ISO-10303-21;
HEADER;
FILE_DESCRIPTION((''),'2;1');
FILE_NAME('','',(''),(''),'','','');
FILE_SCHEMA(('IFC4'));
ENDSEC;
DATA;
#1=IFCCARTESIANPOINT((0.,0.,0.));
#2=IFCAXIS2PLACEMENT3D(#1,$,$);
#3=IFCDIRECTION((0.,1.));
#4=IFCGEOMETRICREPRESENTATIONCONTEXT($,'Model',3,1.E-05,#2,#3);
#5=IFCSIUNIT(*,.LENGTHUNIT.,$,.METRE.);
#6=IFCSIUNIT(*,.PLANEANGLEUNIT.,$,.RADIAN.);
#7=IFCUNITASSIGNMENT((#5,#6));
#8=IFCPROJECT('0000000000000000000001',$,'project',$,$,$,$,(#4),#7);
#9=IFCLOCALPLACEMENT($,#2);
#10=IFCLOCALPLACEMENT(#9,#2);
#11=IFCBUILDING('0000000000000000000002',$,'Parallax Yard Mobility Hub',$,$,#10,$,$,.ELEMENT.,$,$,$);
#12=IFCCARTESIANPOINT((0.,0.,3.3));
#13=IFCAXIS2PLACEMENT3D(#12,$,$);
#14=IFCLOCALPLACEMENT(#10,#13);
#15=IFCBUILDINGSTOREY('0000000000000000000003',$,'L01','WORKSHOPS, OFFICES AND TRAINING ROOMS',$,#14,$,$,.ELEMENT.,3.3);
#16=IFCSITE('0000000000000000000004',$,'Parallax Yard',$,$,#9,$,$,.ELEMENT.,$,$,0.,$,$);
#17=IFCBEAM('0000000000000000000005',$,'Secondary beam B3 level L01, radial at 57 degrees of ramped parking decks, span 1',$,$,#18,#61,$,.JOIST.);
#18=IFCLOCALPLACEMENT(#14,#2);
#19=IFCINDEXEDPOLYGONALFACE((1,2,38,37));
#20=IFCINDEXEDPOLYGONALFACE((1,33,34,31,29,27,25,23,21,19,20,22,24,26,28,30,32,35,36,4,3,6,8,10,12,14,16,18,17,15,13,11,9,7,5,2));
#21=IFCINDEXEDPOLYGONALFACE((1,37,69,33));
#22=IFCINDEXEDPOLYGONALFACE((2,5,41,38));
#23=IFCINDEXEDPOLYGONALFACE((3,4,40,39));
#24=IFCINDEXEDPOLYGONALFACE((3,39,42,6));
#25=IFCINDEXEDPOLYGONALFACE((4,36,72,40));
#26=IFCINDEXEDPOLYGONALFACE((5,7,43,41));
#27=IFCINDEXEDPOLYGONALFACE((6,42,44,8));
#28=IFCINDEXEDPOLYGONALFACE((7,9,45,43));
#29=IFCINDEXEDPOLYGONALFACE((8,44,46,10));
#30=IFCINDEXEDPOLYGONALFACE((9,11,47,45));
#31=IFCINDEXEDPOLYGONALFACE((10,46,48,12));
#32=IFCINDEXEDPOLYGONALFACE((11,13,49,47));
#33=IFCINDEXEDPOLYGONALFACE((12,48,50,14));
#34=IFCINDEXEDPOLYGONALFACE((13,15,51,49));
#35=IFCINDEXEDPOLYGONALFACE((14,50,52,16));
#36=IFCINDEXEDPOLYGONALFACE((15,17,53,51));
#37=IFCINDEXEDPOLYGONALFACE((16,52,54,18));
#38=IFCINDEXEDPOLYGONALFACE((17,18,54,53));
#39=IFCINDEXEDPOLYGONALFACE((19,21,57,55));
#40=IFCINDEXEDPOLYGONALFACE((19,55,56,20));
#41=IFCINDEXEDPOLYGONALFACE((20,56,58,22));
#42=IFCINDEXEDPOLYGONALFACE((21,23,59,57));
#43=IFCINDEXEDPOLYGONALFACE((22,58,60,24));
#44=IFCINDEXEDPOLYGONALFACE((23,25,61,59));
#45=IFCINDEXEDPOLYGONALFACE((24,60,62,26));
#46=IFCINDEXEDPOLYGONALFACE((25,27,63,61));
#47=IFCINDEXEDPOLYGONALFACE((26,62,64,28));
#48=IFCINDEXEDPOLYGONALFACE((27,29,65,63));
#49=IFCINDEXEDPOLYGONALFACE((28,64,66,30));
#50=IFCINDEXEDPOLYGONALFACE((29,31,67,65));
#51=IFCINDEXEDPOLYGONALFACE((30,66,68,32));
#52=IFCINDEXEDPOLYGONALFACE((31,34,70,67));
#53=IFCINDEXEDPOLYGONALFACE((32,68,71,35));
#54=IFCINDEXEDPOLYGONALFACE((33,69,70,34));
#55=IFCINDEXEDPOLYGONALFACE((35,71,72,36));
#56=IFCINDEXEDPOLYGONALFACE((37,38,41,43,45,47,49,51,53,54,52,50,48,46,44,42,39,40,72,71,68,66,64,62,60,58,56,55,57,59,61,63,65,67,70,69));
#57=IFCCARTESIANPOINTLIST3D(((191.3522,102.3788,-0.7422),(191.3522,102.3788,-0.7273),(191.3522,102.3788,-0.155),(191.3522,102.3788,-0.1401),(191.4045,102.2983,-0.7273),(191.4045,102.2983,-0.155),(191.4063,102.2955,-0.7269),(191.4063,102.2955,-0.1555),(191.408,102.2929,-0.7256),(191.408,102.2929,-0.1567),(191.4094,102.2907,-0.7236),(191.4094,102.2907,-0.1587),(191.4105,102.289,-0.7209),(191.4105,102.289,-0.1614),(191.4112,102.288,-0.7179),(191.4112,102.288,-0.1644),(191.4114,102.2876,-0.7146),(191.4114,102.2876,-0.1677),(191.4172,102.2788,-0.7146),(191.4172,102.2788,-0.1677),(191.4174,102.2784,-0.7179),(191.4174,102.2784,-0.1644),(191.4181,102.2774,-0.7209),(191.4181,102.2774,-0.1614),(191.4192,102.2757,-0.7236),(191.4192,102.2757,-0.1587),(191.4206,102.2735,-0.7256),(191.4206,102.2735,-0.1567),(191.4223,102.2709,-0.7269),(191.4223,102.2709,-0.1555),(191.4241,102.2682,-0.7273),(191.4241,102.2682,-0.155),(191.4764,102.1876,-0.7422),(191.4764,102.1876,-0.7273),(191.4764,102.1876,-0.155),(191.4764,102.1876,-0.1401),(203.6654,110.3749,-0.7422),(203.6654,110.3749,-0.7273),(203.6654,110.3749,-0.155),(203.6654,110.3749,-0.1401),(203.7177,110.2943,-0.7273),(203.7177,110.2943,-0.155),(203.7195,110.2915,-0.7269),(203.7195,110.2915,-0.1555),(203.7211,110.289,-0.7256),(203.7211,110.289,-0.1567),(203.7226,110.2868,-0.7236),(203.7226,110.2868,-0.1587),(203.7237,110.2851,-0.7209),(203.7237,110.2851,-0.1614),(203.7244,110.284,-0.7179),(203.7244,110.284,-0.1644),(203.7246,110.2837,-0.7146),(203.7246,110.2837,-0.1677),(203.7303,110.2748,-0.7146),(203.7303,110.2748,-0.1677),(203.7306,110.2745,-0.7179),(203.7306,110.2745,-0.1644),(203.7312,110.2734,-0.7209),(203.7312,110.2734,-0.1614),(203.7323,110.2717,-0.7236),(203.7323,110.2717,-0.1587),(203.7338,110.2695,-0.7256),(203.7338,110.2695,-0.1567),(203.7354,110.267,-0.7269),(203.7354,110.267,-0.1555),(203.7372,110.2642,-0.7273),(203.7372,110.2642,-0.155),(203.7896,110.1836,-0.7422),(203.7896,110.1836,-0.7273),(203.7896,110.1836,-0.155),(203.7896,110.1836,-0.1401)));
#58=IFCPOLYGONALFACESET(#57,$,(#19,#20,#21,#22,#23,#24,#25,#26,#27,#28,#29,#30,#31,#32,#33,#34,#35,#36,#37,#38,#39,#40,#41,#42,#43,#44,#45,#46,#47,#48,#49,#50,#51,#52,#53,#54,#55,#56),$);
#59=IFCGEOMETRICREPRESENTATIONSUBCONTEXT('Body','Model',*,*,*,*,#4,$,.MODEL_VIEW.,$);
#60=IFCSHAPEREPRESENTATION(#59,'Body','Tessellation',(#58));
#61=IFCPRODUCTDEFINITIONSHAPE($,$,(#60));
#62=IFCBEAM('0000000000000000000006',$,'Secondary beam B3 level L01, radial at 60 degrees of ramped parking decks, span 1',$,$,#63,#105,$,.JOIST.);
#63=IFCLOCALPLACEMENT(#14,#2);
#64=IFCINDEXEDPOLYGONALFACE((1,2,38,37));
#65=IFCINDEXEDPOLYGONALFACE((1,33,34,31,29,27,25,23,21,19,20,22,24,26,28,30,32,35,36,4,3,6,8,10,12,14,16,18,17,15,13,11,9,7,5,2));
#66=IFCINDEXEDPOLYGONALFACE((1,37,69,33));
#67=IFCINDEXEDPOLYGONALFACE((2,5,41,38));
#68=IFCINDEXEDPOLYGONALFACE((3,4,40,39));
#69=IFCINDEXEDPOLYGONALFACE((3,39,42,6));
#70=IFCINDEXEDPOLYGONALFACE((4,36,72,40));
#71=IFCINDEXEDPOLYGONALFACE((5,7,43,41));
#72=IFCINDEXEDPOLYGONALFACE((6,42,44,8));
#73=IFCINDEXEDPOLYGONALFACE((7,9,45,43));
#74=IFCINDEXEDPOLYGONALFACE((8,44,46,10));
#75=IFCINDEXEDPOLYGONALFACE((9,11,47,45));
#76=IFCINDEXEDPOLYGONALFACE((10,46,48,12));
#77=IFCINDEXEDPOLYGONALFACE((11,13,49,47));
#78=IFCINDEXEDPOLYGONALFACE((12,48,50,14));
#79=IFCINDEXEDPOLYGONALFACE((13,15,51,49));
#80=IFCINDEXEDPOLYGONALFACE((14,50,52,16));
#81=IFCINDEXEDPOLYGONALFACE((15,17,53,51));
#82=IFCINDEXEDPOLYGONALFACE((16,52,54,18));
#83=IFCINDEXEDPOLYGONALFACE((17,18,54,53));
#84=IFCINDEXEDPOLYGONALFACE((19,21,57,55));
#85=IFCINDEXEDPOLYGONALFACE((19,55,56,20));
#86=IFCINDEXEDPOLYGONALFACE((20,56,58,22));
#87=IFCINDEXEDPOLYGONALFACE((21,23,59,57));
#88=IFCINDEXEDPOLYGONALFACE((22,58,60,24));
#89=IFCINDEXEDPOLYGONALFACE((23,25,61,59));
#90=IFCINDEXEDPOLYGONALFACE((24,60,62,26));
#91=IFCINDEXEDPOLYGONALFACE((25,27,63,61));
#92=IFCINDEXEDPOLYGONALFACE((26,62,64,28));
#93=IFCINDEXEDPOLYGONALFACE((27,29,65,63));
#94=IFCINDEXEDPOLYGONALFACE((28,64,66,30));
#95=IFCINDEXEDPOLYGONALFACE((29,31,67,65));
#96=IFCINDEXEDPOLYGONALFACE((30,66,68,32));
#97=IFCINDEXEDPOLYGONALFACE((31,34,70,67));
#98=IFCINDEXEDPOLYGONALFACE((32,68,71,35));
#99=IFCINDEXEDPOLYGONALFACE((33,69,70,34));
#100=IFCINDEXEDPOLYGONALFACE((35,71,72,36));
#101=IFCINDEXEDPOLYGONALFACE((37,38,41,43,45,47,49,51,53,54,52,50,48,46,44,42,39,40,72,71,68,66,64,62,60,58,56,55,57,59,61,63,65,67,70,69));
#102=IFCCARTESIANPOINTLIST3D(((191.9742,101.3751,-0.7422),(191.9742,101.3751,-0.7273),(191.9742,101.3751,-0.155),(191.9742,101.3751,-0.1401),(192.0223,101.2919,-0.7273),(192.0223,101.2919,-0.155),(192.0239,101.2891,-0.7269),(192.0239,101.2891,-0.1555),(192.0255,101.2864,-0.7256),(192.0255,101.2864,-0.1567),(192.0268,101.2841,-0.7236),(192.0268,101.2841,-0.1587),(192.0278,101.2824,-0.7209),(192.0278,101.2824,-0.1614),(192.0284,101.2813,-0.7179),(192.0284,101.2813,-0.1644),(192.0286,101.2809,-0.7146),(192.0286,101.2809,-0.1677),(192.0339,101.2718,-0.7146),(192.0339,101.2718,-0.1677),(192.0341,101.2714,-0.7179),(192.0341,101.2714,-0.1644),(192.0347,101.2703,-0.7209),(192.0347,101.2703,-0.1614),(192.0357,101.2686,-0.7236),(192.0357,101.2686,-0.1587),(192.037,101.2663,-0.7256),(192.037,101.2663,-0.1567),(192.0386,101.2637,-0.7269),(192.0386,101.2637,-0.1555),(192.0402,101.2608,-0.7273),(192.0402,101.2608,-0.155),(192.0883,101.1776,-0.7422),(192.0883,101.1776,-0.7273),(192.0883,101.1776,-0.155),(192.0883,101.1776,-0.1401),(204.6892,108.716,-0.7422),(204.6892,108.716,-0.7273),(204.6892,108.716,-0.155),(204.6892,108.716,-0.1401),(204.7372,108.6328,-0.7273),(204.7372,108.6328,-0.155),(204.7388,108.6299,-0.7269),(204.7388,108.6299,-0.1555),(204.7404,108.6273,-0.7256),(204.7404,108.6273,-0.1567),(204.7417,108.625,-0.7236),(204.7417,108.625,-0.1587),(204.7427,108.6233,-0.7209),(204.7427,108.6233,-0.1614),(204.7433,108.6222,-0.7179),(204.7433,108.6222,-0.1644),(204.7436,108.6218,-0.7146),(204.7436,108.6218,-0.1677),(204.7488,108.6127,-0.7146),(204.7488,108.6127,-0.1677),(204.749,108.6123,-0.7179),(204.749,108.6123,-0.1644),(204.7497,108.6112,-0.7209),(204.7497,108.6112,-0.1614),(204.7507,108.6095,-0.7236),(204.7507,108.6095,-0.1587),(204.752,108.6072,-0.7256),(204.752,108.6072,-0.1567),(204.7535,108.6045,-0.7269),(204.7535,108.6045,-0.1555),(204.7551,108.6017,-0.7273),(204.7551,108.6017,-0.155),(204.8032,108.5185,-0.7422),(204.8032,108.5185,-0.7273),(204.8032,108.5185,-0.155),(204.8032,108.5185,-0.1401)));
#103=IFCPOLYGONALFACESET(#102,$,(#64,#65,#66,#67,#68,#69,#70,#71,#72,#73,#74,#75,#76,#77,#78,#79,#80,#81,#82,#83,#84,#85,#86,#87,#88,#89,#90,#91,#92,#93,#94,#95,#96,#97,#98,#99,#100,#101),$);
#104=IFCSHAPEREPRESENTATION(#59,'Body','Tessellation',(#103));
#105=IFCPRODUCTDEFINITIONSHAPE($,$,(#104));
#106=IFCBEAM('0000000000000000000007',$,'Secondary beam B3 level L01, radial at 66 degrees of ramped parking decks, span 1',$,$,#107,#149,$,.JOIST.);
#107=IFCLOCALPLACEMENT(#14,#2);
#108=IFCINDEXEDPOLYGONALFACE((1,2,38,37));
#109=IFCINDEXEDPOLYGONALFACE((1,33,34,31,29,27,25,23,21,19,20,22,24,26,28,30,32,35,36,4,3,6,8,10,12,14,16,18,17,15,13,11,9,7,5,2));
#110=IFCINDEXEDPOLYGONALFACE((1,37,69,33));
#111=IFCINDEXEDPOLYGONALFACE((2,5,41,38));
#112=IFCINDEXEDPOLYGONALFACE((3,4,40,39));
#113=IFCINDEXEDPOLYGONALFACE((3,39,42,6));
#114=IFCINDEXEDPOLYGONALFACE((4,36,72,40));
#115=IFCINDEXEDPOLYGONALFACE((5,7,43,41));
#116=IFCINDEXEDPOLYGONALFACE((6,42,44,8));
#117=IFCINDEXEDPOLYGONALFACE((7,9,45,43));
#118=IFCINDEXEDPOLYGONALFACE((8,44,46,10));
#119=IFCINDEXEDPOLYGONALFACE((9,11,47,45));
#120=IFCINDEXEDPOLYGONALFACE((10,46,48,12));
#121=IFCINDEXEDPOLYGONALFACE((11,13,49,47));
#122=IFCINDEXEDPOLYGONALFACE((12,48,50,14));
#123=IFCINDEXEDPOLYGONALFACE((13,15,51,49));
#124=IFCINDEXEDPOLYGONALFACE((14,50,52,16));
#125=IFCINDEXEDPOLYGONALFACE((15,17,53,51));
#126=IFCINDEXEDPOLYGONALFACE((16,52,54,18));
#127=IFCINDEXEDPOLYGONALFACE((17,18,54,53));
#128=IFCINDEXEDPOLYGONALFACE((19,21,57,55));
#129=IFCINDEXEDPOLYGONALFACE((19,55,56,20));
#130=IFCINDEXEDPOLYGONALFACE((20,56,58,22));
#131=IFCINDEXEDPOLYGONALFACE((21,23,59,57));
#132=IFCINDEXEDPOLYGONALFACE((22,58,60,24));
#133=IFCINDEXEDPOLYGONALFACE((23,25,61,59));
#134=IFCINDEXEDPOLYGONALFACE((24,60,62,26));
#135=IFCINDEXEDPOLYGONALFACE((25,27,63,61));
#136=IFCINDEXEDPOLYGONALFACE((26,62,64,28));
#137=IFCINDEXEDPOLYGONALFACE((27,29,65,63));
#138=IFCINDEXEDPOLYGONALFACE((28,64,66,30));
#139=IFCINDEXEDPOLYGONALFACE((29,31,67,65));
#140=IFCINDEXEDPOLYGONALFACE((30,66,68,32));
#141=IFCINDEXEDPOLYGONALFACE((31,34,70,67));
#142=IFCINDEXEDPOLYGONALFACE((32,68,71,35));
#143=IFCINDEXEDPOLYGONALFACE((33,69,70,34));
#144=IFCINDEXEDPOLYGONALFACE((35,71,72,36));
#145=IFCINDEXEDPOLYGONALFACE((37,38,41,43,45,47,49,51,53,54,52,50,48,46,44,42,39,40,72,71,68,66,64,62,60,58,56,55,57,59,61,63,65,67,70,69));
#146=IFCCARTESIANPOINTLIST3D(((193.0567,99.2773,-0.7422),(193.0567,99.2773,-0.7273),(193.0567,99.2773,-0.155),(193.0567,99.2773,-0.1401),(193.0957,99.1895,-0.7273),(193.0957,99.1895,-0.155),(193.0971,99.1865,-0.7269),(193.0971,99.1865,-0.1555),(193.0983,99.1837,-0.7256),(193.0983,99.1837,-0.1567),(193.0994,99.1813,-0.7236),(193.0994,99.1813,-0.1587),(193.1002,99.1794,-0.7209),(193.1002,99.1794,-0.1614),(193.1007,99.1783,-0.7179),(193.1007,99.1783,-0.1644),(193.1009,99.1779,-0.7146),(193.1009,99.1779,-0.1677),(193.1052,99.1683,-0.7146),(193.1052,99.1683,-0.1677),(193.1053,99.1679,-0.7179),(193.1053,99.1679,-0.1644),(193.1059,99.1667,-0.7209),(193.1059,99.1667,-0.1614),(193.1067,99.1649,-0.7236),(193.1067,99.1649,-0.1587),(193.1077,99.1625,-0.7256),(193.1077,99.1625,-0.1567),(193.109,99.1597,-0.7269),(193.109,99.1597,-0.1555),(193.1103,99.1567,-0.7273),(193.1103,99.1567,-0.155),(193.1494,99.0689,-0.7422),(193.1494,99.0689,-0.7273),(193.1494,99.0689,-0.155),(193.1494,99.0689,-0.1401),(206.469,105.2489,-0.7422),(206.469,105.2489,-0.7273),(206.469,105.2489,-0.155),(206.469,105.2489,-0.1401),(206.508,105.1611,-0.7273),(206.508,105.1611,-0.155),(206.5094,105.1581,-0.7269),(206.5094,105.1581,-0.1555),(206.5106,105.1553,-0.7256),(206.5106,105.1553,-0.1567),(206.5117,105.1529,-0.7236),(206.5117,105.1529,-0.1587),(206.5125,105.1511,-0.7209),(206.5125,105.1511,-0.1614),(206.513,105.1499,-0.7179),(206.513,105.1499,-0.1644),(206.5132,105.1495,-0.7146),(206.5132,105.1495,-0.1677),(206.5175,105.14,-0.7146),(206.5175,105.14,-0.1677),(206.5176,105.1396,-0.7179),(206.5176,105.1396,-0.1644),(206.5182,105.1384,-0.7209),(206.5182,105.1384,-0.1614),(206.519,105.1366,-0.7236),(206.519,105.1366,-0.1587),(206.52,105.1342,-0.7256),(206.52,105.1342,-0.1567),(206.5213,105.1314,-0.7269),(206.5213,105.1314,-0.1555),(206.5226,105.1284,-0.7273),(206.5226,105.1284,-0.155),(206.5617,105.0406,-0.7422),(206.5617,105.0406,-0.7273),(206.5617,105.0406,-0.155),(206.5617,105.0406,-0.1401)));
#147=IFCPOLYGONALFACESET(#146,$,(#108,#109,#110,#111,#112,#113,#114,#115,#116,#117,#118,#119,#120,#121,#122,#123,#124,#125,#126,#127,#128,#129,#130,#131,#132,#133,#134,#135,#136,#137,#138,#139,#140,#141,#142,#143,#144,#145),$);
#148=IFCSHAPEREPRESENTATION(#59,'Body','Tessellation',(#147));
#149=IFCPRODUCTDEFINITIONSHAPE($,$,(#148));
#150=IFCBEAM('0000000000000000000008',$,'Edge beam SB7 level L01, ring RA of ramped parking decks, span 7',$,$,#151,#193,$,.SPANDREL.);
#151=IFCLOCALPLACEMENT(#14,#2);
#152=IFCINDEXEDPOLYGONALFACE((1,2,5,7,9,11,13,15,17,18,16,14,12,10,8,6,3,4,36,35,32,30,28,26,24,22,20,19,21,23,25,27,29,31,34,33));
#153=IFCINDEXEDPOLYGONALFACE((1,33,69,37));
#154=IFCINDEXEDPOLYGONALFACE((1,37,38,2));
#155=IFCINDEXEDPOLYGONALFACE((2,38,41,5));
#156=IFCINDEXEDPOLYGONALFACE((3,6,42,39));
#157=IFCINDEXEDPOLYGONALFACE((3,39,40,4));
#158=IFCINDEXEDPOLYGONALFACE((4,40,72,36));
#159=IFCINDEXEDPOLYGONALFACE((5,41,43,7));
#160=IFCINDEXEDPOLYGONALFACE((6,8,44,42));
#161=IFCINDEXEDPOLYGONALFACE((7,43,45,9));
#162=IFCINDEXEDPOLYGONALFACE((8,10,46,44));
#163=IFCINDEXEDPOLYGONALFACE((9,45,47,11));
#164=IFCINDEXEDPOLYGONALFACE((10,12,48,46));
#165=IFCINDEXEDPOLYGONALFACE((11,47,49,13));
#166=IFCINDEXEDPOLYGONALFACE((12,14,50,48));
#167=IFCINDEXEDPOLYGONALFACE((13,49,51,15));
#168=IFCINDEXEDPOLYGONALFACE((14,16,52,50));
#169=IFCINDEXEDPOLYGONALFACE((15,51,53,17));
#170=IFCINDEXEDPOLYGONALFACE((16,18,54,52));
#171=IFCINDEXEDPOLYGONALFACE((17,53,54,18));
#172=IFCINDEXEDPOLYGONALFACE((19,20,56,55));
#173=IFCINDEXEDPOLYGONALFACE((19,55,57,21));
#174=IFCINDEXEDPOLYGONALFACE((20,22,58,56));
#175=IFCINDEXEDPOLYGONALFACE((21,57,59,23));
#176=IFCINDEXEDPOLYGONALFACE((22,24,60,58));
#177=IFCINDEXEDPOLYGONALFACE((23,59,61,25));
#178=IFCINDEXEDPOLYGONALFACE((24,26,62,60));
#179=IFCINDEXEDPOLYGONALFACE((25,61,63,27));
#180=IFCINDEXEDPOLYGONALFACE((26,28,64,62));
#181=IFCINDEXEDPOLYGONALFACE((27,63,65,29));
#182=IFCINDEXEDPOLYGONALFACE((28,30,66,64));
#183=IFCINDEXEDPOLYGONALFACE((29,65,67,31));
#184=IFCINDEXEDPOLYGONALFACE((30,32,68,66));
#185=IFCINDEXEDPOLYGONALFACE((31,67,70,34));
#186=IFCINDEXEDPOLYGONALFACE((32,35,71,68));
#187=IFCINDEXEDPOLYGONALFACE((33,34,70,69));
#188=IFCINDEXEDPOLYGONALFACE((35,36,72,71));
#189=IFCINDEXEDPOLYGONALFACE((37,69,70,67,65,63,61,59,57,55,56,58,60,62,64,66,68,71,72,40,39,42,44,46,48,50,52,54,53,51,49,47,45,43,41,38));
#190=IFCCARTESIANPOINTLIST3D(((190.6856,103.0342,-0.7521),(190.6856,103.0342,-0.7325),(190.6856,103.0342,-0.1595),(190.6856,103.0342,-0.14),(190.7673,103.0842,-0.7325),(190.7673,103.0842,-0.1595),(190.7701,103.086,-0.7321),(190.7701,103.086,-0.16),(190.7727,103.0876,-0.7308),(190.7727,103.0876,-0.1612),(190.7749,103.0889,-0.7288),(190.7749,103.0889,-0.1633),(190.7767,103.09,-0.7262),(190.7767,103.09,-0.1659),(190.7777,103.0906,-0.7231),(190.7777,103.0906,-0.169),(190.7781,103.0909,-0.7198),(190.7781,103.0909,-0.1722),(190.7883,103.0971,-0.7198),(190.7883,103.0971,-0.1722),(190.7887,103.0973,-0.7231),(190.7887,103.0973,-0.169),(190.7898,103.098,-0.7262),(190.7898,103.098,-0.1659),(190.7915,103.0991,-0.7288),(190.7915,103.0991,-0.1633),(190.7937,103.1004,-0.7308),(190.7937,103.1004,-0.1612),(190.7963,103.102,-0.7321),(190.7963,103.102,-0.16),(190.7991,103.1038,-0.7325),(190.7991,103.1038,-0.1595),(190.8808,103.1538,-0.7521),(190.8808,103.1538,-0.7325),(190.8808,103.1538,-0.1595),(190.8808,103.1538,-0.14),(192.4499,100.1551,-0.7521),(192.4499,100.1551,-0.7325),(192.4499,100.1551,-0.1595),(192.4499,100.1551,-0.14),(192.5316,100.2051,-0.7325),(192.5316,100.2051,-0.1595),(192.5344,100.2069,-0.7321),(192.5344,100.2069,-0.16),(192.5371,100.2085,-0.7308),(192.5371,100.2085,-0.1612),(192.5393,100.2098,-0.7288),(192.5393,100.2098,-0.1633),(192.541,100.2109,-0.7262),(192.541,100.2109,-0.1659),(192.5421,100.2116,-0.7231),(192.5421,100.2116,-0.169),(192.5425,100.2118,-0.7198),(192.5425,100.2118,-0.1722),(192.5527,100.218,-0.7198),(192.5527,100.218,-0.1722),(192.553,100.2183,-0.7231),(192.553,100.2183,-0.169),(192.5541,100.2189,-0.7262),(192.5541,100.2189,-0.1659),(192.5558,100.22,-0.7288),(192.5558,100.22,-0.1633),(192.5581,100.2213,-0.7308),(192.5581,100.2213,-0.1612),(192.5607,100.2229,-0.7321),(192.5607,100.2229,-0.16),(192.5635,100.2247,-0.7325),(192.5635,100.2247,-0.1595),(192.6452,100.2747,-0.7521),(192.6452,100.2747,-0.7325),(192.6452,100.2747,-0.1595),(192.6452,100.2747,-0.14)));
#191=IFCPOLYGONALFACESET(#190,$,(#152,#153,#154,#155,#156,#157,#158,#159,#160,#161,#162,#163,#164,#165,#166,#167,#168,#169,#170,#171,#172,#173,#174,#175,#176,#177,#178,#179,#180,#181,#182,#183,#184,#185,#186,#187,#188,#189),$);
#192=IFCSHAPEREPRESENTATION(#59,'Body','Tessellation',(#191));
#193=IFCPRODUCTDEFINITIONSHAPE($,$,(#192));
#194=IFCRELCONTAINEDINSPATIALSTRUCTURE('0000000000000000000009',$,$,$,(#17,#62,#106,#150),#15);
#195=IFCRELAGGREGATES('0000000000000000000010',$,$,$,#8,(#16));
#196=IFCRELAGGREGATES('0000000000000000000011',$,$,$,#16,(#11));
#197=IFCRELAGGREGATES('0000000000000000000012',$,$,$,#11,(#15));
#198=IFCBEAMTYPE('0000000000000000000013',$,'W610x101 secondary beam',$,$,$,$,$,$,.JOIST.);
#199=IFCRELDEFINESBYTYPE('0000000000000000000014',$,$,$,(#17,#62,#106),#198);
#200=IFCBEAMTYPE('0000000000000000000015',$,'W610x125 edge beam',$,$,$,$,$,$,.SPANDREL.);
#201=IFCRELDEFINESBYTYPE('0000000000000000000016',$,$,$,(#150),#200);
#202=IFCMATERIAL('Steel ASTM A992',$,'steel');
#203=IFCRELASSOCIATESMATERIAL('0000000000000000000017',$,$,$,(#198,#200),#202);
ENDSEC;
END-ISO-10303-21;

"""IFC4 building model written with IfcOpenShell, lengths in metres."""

from ifc_helpers import new_model, si_unit, direction, frame, origin, origin_2d, place, context, subcontext, project, spatial, i_section, extrude, material, material_profile, profile_set, type_object, element, save


model = new_model("IFC4")

# Units and contexts
model_context = context("Model", 3, precision=1e-05, world=origin(), true_north=direction((0.0, 1.0)))
body_context = subcontext(model_context, "Body", "Model", "MODEL_VIEW")
ifc_project = project(units=[si_unit("LENGTHUNIT", "METRE"), si_unit("PLANEANGLEUNIT", "RADIAN")], contexts=[model_context])

# Site, building, storey
site_placement = place(None, origin())
site = spatial("IfcSite", under=ifc_project, at=site_placement, Name="Parallax Yard", CompositionType="ELEMENT", RefElevation=0.0)
building_placement = place(site_placement, origin())
building = spatial("IfcBuilding", under=site, at=building_placement, Name="Parallax Yard Mobility Hub", CompositionType="ELEMENT")
storey_placement = place(building_placement, frame((0.0, 0.0, 3.3)))
storey = spatial("IfcBuildingStorey", under=building, at=storey_placement, Name="L01", Description="WORKSHOPS, OFFICES AND TRAINING ROOMS", CompositionType="ELEMENT", Elevation=3.3)

# Beams
ifc_material_1 = material(Name="Steel ASTM A992", Category="steel")
ifc_material_profile_1 = material_profile(ifc_material_1, i_section(OverallWidth=0.228, OverallDepth=0.6021, WebThickness=0.0105, FlangeThickness=0.0149, FilletRadius=0.0127, at=origin_2d()), Name="W610x101")
ifc_profile_set_1 = profile_set([ifc_material_profile_1], Name="Steel ASTM A992")
beam_type_1 = type_object("IfcBeamType", Name="W610x101 secondary beam", PredefinedType="JOIST", material=ifc_profile_set_1)
beam_1_placement = place(storey_placement, frame((191.4143, 102.2832, -0.4412), z_axis=(0.838677, 0.544629, 0.0), x_axis=(-0.544629, 0.838677, 0.0)))
element("IfcBeam", 1, at=beam_1_placement, inside=storey, type_object=beam_type_1, Name="Secondary beam B3 level L01, radial at 57 degrees of ramped parking decks, span 1", PredefinedType="JOIST", context=body_context, shape_type="SweptSolid", body=[
    extrude(i_section(OverallWidth=0.228, OverallDepth=0.6021, WebThickness=0.0105, FlangeThickness=0.0149, FilletRadius=0.0127, at=origin_2d()), origin(), (0.0, 0.0, 1.0), 14.6816),
])
beam_2_placement = place(storey_placement, frame((192.0312, 101.2764, -0.4412), z_axis=(0.866028, 0.499995, 0.0), x_axis=(-0.499995, 0.866028, 0.0)))
element("IfcBeam", 2, at=beam_2_placement, inside=storey, type_object=beam_type_1, Name="Secondary beam B3 level L01, radial at 60 degrees of ramped parking decks, span 1", PredefinedType="JOIST", context=body_context, shape_type="SweptSolid", body=[
    extrude(i_section(OverallWidth=0.228, OverallDepth=0.6021, WebThickness=0.0105, FlangeThickness=0.0149, FilletRadius=0.0127, at=origin_2d()), origin(), (0.0, 0.0, 1.0), 14.6819),
])
beam_3_placement = place(storey_placement, frame((193.103, 99.1731, -0.4412), z_axis=(0.913543, 0.406743, 0.0), x_axis=(-0.406743, 0.913543, 0.0)))
element("IfcBeam", 3, at=beam_3_placement, inside=storey, type_object=beam_type_1, Name="Secondary beam B3 level L01, radial at 66 degrees of ramped parking decks, span 1", PredefinedType="JOIST", context=body_context, shape_type="SweptSolid", body=[
    extrude(i_section(OverallWidth=0.228, OverallDepth=0.6021, WebThickness=0.0105, FlangeThickness=0.0149, FilletRadius=0.0127, at=origin_2d()), origin(), (0.0, 0.0, 1.0), 14.6816),
])
ifc_material_profile_2 = material_profile(ifc_material_1, i_section(OverallWidth=0.229, OverallDepth=0.6121, WebThickness=0.012, FlangeThickness=0.0195, FilletRadius=0.0127, at=origin_2d()), Name="W610x125")
ifc_profile_set_2 = profile_set([ifc_material_profile_2], Name="Steel ASTM A992")
beam_type_2 = type_object("IfcBeamType", Name="W610x125 edge beam", PredefinedType="SPANDREL", material=ifc_profile_set_2)
beam_4_placement = place(storey_placement, frame((190.7832, 103.094, -0.446), z_axis=(0.522511, -0.852632, 0.0), x_axis=(0.852632, 0.522511, 0.0)))
element("IfcBeam", 4, at=beam_4_placement, inside=storey, type_object=beam_type_2, Name="Edge beam SB7 level L01, ring RA of ramped parking decks, span 7", PredefinedType="SPANDREL", context=body_context, shape_type="SweptSolid", body=[
    extrude(i_section(OverallWidth=0.229, OverallDepth=0.6121, WebThickness=0.012, FlangeThickness=0.0195, FilletRadius=0.0127, at=origin_2d()), origin(), (0.0, 0.0, 1.0), 3.3767),
])

save(model, "model.ifc")
